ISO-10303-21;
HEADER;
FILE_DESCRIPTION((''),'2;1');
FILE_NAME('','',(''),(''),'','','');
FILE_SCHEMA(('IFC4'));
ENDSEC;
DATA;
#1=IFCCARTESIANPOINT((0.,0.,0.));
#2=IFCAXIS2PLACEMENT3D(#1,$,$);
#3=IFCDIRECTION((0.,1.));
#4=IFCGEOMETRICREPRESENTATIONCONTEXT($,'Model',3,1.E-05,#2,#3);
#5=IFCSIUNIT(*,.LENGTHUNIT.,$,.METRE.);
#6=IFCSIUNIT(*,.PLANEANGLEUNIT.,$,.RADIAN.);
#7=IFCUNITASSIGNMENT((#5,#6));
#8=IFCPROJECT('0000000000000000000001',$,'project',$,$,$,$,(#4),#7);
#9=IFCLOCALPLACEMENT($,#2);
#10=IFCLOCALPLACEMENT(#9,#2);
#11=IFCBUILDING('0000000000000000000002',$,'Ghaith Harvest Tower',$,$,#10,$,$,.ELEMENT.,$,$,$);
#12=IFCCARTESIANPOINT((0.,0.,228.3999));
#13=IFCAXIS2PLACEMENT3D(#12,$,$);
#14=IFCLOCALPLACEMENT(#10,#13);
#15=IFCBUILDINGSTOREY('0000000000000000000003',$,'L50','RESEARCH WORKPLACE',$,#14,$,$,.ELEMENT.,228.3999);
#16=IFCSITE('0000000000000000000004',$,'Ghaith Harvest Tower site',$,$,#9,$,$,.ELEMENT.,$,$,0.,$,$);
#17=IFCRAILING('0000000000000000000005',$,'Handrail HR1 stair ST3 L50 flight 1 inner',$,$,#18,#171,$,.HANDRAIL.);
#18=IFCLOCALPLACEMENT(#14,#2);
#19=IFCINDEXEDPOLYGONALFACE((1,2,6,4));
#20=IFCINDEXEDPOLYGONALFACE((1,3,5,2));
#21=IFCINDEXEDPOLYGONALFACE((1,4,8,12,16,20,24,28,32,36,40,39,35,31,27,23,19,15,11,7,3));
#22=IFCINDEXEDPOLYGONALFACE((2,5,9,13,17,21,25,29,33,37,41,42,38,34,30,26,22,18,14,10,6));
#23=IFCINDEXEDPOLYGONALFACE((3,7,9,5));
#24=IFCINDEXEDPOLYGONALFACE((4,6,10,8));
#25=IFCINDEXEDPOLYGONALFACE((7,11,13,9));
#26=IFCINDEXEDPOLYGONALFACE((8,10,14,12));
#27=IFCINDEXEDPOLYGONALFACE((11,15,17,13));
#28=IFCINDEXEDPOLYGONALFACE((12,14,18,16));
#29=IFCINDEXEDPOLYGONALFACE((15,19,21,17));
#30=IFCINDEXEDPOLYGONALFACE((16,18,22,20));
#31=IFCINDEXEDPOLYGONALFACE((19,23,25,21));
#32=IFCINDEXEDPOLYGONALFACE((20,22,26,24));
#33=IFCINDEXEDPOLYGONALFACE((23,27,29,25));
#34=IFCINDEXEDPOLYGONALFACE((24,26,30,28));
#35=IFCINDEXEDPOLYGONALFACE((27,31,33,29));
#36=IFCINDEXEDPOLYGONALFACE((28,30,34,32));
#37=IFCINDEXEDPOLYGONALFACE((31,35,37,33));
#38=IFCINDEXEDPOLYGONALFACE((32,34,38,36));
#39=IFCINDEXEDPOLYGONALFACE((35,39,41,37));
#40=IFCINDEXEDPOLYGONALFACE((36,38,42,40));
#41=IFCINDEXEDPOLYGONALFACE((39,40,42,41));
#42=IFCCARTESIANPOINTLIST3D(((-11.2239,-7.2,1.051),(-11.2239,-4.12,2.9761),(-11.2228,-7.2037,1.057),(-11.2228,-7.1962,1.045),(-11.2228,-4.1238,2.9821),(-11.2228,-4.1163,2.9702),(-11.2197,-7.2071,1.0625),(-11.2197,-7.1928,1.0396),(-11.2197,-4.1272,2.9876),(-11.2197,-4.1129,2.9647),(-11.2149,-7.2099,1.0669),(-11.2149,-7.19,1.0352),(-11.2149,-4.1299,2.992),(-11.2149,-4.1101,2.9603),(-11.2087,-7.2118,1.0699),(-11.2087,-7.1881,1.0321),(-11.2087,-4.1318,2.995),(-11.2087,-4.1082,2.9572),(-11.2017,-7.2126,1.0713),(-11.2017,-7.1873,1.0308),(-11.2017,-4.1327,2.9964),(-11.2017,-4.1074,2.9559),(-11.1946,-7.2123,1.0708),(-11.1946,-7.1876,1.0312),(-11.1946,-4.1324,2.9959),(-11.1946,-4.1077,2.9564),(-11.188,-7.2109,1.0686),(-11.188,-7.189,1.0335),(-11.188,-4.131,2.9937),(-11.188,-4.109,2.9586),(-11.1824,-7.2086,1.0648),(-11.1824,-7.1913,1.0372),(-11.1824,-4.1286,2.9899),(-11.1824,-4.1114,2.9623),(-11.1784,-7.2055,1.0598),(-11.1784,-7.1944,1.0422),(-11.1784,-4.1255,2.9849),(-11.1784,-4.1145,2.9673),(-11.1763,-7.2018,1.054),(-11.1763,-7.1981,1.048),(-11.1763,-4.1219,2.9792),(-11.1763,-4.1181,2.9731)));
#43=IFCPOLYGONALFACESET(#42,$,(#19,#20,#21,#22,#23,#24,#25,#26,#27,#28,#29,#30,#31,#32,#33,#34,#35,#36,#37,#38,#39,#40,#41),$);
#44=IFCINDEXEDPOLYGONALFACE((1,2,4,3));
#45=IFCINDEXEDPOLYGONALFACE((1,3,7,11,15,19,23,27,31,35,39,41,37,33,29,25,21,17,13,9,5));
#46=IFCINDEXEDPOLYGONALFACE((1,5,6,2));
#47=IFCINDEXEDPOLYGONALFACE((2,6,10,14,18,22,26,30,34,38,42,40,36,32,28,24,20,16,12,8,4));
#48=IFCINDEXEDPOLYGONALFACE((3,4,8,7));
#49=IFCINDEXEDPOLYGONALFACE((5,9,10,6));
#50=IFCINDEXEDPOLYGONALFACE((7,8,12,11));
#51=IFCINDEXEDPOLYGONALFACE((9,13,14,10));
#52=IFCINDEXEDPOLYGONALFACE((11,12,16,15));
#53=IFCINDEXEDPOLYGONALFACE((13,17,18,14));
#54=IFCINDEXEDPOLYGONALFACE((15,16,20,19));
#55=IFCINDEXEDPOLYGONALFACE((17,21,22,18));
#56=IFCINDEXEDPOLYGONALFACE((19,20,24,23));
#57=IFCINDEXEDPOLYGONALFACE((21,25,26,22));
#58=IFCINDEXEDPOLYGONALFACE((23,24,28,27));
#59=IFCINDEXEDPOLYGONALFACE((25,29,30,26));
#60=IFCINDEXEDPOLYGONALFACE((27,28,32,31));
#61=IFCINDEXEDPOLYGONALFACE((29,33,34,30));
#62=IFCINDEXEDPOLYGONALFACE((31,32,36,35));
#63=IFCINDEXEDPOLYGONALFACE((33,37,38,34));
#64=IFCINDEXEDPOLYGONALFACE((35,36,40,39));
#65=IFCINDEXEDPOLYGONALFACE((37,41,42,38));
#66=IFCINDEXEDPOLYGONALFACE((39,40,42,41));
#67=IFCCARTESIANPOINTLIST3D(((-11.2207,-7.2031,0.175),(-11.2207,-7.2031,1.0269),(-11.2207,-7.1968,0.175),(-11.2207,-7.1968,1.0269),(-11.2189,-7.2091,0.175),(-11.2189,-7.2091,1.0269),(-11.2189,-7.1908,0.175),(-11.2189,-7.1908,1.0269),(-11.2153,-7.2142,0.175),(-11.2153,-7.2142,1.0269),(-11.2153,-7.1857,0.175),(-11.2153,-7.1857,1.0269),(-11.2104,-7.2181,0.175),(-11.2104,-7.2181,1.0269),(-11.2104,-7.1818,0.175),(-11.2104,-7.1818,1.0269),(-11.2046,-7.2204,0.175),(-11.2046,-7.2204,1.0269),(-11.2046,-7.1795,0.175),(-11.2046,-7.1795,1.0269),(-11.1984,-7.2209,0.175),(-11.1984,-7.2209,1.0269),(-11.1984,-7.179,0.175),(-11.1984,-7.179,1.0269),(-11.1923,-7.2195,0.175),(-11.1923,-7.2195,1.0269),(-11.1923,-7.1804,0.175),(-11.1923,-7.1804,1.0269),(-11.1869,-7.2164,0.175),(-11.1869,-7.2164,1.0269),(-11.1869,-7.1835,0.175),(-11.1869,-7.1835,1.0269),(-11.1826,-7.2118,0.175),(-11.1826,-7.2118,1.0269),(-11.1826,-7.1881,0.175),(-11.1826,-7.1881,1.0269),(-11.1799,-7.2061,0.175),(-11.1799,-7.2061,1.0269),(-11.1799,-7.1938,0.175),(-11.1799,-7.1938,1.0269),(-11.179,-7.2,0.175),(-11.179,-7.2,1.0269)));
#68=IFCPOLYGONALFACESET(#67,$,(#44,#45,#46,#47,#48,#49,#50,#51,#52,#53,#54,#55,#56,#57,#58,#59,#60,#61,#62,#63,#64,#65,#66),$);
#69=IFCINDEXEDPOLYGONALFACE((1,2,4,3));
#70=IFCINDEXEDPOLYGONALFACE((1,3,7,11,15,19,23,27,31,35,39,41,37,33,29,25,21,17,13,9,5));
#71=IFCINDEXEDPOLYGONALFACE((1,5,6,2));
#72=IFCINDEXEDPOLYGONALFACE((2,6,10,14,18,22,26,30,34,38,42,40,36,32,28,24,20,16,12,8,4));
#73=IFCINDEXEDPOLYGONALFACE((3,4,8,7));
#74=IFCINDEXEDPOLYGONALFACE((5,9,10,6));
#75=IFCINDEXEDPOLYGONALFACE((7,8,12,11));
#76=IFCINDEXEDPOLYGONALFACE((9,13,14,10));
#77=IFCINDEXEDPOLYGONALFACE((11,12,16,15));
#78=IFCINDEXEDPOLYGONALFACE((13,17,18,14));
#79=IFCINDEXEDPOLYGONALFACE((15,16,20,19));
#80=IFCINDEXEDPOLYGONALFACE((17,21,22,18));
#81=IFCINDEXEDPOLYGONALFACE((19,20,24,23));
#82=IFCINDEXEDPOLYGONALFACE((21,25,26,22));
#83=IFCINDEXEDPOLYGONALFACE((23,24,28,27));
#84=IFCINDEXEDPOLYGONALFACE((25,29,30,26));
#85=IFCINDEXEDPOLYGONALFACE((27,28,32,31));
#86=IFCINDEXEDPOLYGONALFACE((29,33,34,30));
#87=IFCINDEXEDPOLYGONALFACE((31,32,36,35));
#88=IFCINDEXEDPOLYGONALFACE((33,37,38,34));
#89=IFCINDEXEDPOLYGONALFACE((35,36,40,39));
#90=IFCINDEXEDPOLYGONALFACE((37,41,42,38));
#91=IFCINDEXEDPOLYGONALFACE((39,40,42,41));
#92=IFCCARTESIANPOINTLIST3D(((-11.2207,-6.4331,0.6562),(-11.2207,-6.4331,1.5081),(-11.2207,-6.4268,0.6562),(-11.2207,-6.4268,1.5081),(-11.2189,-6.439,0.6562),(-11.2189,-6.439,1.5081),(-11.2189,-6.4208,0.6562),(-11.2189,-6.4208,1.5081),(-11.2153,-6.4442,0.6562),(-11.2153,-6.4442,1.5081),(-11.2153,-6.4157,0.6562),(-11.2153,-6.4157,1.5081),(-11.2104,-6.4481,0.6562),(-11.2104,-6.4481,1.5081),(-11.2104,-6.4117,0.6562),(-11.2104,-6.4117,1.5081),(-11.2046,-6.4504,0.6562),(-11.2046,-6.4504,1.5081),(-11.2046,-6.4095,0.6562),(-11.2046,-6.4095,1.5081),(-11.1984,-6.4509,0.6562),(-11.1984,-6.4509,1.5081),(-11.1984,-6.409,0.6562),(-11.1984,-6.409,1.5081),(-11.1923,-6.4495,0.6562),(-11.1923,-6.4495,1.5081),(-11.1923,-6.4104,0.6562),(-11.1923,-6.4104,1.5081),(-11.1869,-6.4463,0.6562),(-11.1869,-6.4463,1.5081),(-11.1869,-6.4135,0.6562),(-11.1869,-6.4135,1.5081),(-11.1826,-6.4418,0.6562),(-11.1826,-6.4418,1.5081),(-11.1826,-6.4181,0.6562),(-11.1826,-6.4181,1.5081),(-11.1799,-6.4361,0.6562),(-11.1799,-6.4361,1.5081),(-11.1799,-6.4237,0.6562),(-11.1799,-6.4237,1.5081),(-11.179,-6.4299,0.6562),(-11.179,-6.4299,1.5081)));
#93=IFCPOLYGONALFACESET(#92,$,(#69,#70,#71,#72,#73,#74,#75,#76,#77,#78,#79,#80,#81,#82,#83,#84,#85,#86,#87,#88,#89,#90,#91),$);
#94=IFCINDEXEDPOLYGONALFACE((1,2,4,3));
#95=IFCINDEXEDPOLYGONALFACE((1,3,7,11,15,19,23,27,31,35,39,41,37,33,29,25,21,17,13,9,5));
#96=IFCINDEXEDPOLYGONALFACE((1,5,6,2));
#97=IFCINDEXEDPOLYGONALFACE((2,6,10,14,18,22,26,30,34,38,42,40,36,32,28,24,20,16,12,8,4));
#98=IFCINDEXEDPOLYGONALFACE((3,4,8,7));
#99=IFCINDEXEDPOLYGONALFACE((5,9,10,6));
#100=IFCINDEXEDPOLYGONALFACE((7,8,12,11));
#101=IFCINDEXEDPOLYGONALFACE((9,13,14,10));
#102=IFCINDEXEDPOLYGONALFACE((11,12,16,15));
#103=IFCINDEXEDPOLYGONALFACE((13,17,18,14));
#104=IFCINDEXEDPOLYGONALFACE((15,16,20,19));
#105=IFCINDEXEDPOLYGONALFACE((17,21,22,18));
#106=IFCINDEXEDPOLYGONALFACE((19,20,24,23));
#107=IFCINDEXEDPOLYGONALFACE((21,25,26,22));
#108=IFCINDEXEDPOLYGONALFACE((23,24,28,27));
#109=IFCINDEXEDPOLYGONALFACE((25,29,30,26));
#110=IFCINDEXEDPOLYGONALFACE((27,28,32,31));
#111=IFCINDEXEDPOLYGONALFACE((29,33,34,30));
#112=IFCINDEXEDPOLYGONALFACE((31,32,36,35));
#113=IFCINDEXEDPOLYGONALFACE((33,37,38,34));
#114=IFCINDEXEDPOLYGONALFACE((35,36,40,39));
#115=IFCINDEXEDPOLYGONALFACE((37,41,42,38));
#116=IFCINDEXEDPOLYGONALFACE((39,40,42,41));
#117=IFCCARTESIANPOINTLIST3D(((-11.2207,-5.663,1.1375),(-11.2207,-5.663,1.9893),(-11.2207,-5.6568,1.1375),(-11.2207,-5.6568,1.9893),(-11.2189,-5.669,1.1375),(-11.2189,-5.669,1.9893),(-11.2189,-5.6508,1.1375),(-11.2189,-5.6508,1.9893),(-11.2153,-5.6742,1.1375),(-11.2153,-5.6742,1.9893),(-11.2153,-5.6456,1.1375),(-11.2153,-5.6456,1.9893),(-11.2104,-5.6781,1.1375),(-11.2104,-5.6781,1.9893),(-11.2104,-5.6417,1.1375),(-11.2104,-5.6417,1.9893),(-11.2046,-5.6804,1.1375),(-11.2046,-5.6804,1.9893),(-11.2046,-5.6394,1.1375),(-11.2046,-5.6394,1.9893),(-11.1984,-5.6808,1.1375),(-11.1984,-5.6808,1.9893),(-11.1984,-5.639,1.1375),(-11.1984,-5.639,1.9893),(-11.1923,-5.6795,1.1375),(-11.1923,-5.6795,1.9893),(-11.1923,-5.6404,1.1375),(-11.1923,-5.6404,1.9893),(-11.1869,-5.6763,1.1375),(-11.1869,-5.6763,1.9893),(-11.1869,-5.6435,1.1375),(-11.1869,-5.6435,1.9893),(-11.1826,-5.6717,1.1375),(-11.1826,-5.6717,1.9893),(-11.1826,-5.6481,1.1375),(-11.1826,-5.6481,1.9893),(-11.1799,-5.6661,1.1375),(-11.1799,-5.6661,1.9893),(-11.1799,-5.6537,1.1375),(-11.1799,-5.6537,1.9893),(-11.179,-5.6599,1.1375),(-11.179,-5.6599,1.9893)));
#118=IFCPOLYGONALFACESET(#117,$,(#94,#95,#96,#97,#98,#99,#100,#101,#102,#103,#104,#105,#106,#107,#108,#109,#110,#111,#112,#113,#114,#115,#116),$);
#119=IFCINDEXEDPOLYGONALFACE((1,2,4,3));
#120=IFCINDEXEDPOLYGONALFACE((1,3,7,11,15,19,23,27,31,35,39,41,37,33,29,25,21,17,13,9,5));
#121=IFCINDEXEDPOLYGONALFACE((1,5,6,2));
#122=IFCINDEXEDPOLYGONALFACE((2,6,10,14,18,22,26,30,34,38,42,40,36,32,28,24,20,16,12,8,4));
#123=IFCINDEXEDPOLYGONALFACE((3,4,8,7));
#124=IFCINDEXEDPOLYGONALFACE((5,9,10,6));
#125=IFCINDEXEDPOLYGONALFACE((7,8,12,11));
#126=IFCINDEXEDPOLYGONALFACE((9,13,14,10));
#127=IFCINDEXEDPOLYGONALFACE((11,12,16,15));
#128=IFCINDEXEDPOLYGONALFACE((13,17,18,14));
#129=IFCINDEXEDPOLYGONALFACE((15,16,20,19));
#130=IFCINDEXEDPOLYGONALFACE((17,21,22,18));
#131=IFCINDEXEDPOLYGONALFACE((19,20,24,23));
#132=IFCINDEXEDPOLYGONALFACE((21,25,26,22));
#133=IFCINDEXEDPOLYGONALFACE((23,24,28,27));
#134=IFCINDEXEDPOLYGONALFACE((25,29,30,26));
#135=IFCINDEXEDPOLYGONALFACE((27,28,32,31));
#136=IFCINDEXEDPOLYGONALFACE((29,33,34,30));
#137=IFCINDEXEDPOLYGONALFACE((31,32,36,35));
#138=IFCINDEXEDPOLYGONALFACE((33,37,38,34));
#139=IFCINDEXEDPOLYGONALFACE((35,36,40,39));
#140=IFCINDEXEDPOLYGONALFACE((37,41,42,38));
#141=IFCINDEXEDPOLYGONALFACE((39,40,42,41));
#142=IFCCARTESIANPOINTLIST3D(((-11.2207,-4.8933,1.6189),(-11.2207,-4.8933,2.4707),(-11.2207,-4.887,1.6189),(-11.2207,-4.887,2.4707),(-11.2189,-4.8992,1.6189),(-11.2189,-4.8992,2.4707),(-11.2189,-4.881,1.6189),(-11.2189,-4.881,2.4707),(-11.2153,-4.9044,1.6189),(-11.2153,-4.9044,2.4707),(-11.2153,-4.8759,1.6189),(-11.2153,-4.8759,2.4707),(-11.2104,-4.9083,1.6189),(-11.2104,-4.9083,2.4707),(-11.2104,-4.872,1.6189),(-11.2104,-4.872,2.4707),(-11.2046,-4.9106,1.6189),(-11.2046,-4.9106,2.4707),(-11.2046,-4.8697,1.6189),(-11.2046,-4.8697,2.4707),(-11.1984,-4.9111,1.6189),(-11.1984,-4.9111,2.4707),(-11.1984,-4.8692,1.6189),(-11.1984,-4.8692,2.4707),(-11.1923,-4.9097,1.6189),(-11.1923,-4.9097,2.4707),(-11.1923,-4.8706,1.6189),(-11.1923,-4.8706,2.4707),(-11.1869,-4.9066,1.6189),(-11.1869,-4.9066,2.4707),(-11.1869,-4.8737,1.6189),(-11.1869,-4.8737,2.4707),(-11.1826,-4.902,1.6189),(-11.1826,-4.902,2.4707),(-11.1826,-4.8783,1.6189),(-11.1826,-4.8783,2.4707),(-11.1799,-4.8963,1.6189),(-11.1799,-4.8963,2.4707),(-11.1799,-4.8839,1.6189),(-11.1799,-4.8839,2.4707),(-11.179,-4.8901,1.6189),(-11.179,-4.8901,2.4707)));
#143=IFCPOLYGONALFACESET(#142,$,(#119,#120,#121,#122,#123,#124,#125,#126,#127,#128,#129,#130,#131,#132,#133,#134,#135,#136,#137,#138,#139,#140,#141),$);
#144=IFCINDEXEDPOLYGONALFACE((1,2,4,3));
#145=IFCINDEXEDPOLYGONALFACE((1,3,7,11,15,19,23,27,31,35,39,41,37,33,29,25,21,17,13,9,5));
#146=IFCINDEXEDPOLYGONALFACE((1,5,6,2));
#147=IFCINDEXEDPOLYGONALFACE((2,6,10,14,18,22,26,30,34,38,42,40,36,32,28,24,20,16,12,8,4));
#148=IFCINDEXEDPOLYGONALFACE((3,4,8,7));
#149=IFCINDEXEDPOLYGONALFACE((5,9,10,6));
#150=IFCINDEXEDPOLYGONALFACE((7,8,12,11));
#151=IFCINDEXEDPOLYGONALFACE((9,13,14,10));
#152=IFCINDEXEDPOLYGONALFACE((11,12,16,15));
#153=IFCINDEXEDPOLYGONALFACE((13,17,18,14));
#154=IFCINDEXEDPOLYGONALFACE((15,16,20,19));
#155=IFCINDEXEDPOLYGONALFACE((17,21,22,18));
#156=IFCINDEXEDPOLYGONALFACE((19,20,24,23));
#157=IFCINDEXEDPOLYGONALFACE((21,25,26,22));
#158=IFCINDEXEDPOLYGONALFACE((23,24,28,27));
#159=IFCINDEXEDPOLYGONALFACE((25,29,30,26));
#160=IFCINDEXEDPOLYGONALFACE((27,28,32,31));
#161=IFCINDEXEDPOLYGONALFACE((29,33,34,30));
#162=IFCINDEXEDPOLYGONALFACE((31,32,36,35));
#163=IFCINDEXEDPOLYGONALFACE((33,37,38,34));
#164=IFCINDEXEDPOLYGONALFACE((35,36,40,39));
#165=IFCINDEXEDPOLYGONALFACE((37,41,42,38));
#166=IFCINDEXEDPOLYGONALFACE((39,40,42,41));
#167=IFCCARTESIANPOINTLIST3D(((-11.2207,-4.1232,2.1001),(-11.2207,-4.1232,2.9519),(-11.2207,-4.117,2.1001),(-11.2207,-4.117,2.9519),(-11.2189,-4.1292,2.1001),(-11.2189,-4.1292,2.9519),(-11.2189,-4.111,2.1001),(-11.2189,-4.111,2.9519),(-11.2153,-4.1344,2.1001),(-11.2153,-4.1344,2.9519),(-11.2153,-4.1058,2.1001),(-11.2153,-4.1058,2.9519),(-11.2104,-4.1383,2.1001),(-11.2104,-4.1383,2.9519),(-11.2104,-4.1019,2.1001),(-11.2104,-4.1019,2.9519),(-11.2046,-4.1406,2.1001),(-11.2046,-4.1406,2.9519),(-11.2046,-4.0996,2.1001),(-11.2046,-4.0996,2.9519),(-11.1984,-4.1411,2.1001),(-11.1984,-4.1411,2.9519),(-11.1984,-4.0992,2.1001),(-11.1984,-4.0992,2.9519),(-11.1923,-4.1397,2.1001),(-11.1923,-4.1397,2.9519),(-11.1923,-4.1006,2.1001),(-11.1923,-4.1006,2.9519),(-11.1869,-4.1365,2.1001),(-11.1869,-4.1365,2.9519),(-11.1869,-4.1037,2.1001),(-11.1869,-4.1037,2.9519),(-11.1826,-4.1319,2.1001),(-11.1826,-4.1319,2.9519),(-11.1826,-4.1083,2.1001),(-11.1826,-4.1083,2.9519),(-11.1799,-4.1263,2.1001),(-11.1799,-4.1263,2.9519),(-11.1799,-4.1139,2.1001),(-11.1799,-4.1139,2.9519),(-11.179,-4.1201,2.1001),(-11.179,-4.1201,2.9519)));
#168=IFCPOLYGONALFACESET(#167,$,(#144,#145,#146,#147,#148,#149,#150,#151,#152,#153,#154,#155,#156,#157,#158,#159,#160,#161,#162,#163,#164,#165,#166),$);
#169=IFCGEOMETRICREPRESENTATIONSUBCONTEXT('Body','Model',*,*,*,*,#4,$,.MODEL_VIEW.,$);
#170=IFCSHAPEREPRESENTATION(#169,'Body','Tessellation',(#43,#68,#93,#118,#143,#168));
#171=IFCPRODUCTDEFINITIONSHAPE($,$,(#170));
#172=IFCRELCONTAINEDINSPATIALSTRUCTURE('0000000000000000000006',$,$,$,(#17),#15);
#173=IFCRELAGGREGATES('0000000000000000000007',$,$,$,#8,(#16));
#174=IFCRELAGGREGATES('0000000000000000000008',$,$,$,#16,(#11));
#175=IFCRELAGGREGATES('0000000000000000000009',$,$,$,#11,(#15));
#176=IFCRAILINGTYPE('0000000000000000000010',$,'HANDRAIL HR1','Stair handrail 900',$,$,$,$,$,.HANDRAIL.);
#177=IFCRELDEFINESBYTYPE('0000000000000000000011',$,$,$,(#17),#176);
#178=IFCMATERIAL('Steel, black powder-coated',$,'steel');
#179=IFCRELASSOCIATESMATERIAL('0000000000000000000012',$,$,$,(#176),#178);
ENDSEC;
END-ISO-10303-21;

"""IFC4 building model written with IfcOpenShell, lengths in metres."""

from ifc_helpers import new_model, si_unit, direction, frame, origin, origin_2d, place, context, subcontext, project, spatial, circle, extrude, material, type_object, element, save


model = new_model("IFC4")

# Units and contexts
model_context = context("Model", 3, precision=1e-05, world=origin(), true_north=direction((0.0, 1.0)))
body_context = subcontext(model_context, "Body", "Model", "MODEL_VIEW")
ifc_project = project(units=[si_unit("LENGTHUNIT", "METRE"), si_unit("PLANEANGLEUNIT", "RADIAN")], contexts=[model_context])

# Site, building, storey
site_placement = place(None, origin())
site = spatial("IfcSite", under=ifc_project, at=site_placement, Name="Ghaith Harvest Tower site", CompositionType="ELEMENT", RefElevation=0.0)
building_placement = place(site_placement, origin())
building = spatial("IfcBuilding", under=site, at=building_placement, Name="Ghaith Harvest Tower", CompositionType="ELEMENT")
storey_placement = place(building_placement, frame((0.0, 0.0, 228.3999)))
storey = spatial("IfcBuildingStorey", under=building, at=storey_placement, Name="L50", Description="RESEARCH WORKPLACE", CompositionType="ELEMENT", Elevation=228.3999)

# Railing
ifc_material_1 = material(Name="Steel, black powder-coated", Category="steel")
railing_type = type_object("IfcRailingType", Name="HANDRAIL HR1", Description="Stair handrail 900", PredefinedType="HANDRAIL", material=ifc_material_1)
railing_1_placement = place(storey_placement, frame((-11.2, -7.2, 0.175)))
element("IfcRailing", 1, at=railing_1_placement, inside=storey, type_object=railing_type, Name="Handrail HR1 stair ST3 L50 flight 1 inner", PredefinedType="HANDRAIL", context=body_context, shape_type="SweptSolid", body=[
    extrude(circle(Radius=0.0239, at=origin_2d()), frame((0.0, 0.0, 0.876), z_axis=(0.0, 0.847979, 0.530029), x_axis=(-1.0, 0.0, 0.0)), (0.0, 0.0, 1.0), 3.6321),
    extrude(circle(Radius=0.021, at=origin_2d()), origin(), (0.0, 0.0, 1.0), 0.8518),
    extrude(circle(Radius=0.021, at=origin_2d()), frame((0.0, 0.77, 0.4812)), (0.0, 0.0, 1.0), 0.8518),
    extrude(circle(Radius=0.021, at=origin_2d()), frame((0.0, 1.54, 0.9624)), (0.0, 0.0, 1.0), 0.8518),
    extrude(circle(Radius=0.021, at=origin_2d()), frame((0.0, 2.3098, 1.4438)), (0.0, 0.0, 1.0), 0.8518),
    extrude(circle(Radius=0.021, at=origin_2d()), frame((0.0, 3.0798, 1.925)), (0.0, 0.0, 1.0), 0.8518),
])

save(model, "model.ifc")
